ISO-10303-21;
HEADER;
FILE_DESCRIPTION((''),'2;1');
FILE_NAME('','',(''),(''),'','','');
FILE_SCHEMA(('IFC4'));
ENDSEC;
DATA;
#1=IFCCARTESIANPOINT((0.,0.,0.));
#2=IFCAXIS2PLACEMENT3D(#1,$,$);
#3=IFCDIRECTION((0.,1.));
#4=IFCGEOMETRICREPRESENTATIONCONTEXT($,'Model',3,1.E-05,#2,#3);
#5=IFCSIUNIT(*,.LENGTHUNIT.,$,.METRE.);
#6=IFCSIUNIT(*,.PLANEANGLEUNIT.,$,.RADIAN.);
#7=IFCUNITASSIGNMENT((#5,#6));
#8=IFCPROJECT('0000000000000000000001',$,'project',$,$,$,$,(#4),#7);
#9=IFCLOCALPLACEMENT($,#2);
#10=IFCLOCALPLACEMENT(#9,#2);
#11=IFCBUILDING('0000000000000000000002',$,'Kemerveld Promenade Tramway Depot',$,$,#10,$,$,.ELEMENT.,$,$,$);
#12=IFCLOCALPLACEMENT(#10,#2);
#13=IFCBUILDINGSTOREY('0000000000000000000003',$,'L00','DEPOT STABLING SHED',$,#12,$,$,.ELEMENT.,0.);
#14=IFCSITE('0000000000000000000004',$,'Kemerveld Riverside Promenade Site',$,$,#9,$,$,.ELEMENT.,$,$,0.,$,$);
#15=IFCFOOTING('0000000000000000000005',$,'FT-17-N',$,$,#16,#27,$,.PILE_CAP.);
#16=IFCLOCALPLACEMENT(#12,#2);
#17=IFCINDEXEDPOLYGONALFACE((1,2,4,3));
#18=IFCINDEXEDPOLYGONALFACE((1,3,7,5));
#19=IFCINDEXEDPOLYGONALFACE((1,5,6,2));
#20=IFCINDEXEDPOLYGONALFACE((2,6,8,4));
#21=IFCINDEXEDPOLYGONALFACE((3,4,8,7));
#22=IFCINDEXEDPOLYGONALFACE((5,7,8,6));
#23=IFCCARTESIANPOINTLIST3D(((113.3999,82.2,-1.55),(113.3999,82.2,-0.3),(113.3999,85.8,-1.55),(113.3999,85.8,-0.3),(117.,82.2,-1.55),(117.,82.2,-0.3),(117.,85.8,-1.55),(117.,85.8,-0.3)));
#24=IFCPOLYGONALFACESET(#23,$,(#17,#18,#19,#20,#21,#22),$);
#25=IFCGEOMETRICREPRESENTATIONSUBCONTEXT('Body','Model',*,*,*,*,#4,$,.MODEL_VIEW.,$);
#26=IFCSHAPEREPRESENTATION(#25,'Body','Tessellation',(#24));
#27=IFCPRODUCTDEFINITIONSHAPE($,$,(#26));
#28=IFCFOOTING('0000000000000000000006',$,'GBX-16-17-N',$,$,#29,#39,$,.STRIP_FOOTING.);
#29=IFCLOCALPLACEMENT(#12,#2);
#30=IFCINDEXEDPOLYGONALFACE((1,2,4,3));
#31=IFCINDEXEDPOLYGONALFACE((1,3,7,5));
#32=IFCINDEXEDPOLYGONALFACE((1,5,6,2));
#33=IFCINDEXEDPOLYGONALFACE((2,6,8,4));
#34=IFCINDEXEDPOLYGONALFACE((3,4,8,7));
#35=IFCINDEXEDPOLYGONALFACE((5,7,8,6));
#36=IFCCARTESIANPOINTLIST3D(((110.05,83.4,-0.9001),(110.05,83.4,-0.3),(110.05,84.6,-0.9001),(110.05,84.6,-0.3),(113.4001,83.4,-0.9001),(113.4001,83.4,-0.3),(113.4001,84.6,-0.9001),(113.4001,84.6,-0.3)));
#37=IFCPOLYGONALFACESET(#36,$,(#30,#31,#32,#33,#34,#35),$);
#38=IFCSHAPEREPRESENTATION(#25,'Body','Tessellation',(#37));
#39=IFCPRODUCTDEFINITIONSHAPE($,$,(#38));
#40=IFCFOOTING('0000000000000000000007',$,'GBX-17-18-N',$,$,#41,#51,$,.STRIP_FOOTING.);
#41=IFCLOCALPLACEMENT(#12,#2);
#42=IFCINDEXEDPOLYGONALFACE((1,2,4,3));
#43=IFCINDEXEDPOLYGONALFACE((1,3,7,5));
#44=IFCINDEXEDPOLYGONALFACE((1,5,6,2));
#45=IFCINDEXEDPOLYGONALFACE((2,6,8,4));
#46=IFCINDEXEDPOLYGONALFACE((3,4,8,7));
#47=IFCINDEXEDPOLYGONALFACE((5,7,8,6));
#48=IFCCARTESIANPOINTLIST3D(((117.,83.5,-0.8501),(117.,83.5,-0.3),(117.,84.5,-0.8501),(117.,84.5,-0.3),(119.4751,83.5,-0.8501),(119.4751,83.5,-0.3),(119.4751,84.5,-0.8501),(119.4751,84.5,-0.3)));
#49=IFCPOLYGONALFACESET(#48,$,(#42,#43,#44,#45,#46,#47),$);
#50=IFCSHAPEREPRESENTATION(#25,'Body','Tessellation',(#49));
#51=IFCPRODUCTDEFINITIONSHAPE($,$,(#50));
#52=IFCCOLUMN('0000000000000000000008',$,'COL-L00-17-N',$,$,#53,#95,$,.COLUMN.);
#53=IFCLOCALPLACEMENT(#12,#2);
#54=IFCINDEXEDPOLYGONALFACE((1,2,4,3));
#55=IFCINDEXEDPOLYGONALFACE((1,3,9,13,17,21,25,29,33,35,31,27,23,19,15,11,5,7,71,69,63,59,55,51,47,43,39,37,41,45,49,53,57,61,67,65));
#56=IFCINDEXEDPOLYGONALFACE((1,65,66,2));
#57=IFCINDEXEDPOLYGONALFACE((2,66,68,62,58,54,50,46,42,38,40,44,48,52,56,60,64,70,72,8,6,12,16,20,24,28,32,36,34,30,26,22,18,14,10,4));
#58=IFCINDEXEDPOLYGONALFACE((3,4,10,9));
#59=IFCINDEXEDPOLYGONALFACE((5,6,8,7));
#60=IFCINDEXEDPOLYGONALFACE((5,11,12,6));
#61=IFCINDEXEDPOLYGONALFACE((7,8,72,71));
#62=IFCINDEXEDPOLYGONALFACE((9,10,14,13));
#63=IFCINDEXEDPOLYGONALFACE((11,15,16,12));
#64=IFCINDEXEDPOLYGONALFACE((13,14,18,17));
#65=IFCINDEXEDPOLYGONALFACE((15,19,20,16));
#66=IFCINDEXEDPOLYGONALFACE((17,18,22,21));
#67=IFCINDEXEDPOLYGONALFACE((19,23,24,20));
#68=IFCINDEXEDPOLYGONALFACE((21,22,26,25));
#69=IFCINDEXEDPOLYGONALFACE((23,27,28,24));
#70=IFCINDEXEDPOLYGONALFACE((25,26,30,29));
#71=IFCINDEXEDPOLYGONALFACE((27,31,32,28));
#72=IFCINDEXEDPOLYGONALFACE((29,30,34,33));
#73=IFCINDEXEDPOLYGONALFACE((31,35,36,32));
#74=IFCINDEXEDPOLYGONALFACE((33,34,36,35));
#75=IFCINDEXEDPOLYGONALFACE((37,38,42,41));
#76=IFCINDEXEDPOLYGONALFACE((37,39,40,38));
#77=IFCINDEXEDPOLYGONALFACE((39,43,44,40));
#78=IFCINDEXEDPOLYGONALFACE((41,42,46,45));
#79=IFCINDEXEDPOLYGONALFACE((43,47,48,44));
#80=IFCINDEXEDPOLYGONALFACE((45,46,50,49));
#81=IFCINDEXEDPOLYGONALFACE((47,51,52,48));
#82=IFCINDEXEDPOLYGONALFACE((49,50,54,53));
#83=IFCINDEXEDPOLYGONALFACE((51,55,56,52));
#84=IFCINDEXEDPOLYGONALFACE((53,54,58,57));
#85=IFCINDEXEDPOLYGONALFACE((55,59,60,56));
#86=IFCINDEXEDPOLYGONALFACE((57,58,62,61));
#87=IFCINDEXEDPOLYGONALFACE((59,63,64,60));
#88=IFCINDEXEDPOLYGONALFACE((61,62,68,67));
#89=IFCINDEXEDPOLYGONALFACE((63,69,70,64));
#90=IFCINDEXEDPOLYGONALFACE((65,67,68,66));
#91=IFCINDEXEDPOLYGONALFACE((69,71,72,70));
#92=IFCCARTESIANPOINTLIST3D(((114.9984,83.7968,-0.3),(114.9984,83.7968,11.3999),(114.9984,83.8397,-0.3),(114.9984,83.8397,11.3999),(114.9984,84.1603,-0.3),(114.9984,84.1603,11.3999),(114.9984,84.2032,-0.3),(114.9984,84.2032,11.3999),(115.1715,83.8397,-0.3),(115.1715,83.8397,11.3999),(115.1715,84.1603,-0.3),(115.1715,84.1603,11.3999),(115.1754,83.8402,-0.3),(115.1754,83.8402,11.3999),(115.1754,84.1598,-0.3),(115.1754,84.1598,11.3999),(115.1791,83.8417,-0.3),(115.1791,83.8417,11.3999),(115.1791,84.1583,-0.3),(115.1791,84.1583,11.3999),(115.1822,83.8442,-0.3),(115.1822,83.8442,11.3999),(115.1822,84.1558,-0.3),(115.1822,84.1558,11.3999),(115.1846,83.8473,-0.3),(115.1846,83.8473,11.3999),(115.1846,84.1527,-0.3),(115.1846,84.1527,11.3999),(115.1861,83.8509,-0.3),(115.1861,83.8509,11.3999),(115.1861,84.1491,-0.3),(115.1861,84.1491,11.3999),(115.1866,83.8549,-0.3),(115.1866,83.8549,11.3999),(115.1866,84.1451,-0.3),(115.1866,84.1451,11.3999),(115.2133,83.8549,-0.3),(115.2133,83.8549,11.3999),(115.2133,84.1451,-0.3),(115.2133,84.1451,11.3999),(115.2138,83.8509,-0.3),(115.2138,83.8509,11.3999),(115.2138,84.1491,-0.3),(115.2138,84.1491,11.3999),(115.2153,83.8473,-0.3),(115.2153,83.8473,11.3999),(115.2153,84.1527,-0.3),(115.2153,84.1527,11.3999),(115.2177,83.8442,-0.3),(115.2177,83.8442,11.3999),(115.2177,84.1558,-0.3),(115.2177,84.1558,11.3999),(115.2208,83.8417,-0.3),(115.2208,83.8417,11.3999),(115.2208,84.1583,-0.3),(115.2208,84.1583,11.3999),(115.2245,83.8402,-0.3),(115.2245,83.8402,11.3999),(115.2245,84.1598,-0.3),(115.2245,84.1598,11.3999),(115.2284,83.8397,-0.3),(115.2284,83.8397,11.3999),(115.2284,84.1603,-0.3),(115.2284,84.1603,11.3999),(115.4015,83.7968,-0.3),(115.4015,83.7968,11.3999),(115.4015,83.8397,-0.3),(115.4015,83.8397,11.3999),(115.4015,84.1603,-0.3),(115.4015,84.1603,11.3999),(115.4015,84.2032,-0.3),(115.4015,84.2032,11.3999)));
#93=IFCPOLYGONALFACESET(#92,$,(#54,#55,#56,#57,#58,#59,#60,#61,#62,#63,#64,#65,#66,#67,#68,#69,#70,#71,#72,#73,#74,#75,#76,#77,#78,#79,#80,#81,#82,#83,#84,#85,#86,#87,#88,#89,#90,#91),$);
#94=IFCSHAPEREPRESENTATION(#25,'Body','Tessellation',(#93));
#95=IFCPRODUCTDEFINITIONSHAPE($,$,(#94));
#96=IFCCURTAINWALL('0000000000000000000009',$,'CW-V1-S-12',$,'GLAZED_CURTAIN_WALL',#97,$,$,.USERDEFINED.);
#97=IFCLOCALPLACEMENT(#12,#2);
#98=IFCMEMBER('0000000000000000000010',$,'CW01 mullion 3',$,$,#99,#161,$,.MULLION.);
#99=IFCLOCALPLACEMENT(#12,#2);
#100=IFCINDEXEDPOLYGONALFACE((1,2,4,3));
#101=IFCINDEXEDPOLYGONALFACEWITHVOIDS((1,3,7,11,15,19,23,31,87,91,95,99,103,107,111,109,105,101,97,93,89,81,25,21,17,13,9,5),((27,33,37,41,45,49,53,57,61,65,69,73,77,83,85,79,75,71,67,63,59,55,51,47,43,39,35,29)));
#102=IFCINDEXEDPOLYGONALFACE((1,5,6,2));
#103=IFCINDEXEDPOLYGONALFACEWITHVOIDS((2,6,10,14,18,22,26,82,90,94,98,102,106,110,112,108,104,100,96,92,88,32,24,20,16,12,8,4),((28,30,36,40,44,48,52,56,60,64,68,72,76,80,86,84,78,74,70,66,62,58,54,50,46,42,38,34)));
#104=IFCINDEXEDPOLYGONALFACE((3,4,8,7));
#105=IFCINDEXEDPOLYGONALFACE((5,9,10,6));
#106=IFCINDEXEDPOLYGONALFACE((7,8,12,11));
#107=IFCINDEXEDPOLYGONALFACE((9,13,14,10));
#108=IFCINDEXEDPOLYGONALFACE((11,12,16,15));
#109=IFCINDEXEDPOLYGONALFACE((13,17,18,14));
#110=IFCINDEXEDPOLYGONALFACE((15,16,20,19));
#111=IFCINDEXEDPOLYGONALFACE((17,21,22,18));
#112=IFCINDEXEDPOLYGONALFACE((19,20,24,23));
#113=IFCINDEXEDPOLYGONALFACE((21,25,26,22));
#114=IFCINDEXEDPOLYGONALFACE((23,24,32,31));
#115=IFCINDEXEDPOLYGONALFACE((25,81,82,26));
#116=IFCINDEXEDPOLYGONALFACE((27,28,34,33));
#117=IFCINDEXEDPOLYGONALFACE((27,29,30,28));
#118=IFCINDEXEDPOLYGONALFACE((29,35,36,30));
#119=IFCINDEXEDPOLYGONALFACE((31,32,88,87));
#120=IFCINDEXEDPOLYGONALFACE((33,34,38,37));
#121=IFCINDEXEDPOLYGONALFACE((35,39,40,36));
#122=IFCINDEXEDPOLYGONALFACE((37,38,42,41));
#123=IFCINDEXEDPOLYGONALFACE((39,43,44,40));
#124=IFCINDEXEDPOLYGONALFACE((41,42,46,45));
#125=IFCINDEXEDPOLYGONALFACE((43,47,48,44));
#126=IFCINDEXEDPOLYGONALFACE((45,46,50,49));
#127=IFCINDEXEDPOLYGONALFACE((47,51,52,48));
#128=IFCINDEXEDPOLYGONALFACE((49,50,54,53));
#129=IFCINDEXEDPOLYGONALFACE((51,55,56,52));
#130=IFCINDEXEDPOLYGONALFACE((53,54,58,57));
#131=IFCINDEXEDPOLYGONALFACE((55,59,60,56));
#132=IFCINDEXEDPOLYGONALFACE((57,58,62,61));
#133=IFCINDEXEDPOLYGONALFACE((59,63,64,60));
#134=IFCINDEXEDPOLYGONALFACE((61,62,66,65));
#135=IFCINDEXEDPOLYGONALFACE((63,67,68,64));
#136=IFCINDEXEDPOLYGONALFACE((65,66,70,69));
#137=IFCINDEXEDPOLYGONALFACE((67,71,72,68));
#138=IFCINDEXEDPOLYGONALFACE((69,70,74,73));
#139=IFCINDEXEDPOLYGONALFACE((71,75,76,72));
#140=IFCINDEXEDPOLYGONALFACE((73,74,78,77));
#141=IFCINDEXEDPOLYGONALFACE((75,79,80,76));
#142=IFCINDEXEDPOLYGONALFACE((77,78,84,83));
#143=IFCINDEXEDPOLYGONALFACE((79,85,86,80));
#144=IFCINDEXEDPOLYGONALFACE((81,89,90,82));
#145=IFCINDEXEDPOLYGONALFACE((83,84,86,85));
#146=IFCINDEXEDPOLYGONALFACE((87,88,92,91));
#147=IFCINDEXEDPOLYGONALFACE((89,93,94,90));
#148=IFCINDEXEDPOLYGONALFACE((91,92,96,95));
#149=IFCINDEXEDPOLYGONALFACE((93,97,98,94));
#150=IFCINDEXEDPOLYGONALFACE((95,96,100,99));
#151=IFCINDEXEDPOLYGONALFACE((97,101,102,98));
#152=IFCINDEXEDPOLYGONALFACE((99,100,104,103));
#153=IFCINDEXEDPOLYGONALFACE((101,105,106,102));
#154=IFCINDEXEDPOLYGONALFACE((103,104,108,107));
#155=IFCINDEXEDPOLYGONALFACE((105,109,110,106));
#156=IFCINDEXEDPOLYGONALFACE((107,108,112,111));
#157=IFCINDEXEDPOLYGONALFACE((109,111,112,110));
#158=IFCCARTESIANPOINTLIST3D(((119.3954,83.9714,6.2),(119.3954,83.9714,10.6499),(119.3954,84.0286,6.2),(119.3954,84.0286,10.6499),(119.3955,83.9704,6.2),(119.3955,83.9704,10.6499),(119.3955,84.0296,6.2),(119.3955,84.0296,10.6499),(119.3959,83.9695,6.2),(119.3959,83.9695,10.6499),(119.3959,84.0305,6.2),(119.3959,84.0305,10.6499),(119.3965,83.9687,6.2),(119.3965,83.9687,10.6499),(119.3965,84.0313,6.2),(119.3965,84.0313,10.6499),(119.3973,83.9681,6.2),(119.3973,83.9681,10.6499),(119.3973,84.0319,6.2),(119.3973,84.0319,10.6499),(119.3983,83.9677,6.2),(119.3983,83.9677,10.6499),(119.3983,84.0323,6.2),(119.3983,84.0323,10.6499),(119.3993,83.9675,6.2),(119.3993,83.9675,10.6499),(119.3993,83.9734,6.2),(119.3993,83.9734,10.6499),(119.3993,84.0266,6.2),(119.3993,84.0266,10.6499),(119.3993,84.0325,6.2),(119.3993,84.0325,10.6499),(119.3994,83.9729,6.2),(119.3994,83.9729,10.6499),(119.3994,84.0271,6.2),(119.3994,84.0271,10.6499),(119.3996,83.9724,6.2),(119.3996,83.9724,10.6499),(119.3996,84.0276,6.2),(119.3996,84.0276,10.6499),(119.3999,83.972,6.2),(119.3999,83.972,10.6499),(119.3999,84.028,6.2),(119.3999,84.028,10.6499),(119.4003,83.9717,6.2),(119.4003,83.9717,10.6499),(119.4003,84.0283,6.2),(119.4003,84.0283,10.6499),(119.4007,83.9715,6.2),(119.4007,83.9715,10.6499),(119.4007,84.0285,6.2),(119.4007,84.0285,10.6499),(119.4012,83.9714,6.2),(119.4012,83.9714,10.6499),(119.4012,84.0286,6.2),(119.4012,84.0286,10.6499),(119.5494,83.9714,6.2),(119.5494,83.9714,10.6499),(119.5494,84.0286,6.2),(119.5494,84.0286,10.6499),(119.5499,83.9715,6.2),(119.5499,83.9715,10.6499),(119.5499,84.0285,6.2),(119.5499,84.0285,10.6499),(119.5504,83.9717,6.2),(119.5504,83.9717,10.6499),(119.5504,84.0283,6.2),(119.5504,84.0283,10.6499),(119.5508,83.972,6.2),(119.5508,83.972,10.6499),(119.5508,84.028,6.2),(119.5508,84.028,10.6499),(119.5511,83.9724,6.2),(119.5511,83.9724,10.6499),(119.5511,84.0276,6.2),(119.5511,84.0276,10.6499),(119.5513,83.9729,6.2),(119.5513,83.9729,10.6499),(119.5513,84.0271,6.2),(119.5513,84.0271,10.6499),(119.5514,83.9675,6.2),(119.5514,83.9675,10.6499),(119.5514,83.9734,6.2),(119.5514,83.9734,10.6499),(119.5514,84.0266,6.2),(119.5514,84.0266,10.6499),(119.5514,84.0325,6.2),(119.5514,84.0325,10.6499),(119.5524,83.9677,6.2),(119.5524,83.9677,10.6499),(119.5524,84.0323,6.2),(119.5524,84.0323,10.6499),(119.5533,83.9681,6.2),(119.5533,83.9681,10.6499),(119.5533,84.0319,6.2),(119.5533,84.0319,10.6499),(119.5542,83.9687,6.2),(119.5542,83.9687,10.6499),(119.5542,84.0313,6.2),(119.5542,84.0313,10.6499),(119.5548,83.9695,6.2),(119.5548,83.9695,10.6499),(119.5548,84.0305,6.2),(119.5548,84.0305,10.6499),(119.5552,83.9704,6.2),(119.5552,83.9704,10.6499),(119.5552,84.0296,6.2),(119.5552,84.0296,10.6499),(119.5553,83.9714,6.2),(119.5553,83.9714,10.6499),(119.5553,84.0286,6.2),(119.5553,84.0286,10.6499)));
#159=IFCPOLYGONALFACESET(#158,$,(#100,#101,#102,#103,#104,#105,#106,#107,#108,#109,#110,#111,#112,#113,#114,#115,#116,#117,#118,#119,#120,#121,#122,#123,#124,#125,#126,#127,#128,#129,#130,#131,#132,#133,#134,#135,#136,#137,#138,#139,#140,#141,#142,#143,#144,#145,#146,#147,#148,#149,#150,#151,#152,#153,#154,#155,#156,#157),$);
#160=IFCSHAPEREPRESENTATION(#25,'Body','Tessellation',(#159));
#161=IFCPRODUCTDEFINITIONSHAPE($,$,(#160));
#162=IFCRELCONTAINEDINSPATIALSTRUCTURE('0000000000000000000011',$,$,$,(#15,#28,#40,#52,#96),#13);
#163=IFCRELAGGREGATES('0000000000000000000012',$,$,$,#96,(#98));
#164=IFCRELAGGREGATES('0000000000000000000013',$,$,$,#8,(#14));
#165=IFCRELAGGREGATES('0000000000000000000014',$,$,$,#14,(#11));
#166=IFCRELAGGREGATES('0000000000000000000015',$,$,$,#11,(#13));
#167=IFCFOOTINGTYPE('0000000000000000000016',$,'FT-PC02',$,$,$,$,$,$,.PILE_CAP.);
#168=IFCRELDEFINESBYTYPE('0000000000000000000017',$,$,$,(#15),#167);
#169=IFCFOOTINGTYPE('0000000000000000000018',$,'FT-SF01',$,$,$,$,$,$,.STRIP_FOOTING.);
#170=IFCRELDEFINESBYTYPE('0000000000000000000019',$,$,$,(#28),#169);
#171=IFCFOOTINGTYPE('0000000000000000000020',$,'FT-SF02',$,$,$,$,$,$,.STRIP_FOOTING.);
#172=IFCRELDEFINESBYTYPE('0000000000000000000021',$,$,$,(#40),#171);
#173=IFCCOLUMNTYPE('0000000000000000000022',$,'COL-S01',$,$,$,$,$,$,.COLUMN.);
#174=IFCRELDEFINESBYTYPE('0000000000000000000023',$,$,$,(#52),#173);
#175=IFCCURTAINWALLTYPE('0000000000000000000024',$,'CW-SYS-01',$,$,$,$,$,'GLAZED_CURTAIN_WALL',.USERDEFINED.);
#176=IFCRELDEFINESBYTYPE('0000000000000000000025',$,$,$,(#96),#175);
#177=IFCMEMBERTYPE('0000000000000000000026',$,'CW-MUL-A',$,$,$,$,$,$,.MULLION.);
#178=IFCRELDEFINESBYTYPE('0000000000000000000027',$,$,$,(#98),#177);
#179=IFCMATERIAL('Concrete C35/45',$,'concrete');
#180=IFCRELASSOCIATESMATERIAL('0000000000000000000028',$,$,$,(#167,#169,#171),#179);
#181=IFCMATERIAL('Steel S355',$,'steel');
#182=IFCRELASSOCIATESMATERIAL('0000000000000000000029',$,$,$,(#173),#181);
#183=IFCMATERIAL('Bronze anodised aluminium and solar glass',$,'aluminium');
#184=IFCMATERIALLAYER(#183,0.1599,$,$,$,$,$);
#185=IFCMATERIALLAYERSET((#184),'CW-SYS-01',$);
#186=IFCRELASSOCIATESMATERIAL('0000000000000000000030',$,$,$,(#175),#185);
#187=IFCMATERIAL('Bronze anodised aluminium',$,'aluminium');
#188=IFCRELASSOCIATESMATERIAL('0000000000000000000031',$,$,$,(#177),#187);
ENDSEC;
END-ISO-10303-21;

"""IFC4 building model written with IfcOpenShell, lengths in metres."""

from ifc_helpers import new_model, si_unit, direction, frame, origin, origin_2d, place, context, subcontext, project, spatial, rectangle, hollow_rectangle, i_section, extrude, material, layer, layer_set, material_profile, profile_set, type_object, element, aggregate, save


model = new_model("IFC4")

# Units and contexts
model_context = context("Model", 3, precision=1e-05, world=origin(), true_north=direction((0.0, 1.0)))
body_context = subcontext(model_context, "Body", "Model", "MODEL_VIEW")
ifc_project = project(units=[si_unit("LENGTHUNIT", "METRE"), si_unit("PLANEANGLEUNIT", "RADIAN")], contexts=[model_context])

# Site, building, storey
site_placement = place(None, origin())
site = spatial("IfcSite", under=ifc_project, at=site_placement, Name="Kemerveld Riverside Promenade Site", CompositionType="ELEMENT", RefElevation=0.0)
building_placement = place(site_placement, origin())
building = spatial("IfcBuilding", under=site, at=building_placement, Name="Kemerveld Promenade Tramway Depot", CompositionType="ELEMENT")
storey_placement = place(building_placement, origin())
storey = spatial("IfcBuildingStorey", under=building, at=storey_placement, Name="L00", Description="DEPOT STABLING SHED", CompositionType="ELEMENT", Elevation=0.0)

# Footings
ifc_material_1 = material(Name="Concrete C35/45", Category="concrete")
footing_type_1 = type_object("IfcFootingType", Name="FT-PC02", PredefinedType="PILE_CAP", material=ifc_material_1)
footing_1_placement = place(storey_placement, frame((115.2, 84.0, -1.55), z_axis=(0.0, 0.0, 1.0), x_axis=(1.0, 0.0, 0.0)))
element("IfcFooting", 1, at=footing_1_placement, inside=storey, type_object=footing_type_1, Name="FT-17-N", PredefinedType="PILE_CAP", context=body_context, shape_type="SweptSolid", body=[
    extrude(rectangle(XDim=3.6001, YDim=3.6001, at=origin_2d()), origin(), (0.0, 0.0, 1.0), 1.25),
])
footing_type_2 = type_object("IfcFootingType", Name="FT-SF01", PredefinedType="STRIP_FOOTING", material=ifc_material_1)
footing_2_placement = place(storey_placement, frame((111.7251, 84.0, -0.9001), z_axis=(0.0, 0.0, 1.0), x_axis=(1.0, 0.0, 0.0)))
element("IfcFooting", 2, at=footing_2_placement, inside=storey, type_object=footing_type_2, Name="GBX-16-17-N", PredefinedType="STRIP_FOOTING", context=body_context, shape_type="SweptSolid", body=[
    extrude(rectangle(XDim=3.3501, YDim=1.2, at=origin_2d()), origin(), (0.0, 0.0, 1.0), 0.6001),
])
footing_type_3 = type_object("IfcFootingType", Name="FT-SF02", PredefinedType="STRIP_FOOTING", material=ifc_material_1)
footing_3_placement = place(storey_placement, frame((118.2375, 84.0, -0.8501), z_axis=(0.0, 0.0, 1.0), x_axis=(1.0, 0.0, 0.0)))
element("IfcFooting", 3, at=footing_3_placement, inside=storey, type_object=footing_type_3, Name="GBX-17-18-N", PredefinedType="STRIP_FOOTING", context=body_context, shape_type="SweptSolid", body=[
    extrude(rectangle(XDim=2.4751, YDim=1.0, at=origin_2d()), origin(), (0.0, 0.0, 1.0), 0.55),
])

# Column
ifc_material_2 = material(Name="Steel S355", Category="steel")
ifc_material_profile_1 = material_profile(ifc_material_2, i_section(OverallWidth=0.4031, OverallDepth=0.4065, WebThickness=0.0266, FlangeThickness=0.043, FilletRadius=0.0151, at=origin_2d()), Name="356x406x340 UC")
ifc_profile_set_1 = profile_set([ifc_material_profile_1], Name="Steel S355")
column_type = type_object("IfcColumnType", Name="COL-S01", PredefinedType="COLUMN", material=ifc_profile_set_1)
column_placement = place(storey_placement, frame((115.2, 84.0, -0.3), z_axis=(0.0, 0.0, 1.0), x_axis=(1.0, 0.0, 0.0)))
element("IfcColumn", 4, at=column_placement, inside=storey, type_object=column_type, Name="COL-L00-17-N", PredefinedType="COLUMN", context=body_context, shape_type="SweptSolid", body=[
    extrude(i_section(OverallWidth=0.4031, OverallDepth=0.4065, WebThickness=0.0266, FlangeThickness=0.043, FilletRadius=0.0151, at=origin_2d()), origin(), (0.0, 0.0, 1.0), 11.7),
])

# Curtain wall, member
ifc_material_3 = material(Name="Bronze anodised aluminium and solar glass", Category="aluminium")
ifc_layer_1 = layer(ifc_material_3, 0.1599)
ifc_layer_set_1 = layer_set([ifc_layer_1], Name="CW-SYS-01")
curtain_wall_type_1 = type_object("IfcCurtainWallType", Name="CW-SYS-01", ElementType="GLAZED_CURTAIN_WALL", PredefinedType="USERDEFINED", material=ifc_layer_set_1)
curtain_wall_1_placement = place(storey_placement, origin())
curtain_wall_1 = element("IfcCurtainWall", 5, at=curtain_wall_1_placement, inside=storey, type_object=curtain_wall_type_1, Name="CW-V1-S-12", ObjectType="GLAZED_CURTAIN_WALL", PredefinedType="USERDEFINED")
ifc_material_4 = material(Name="Bronze anodised aluminium", Category="aluminium")
ifc_material_profile_2 = material_profile(ifc_material_4, hollow_rectangle(XDim=0.0649, YDim=0.1599, WallThickness=0.0039, InnerFilletRadius=0.002, OuterFilletRadius=0.0039, at=origin_2d()), Name="CW-MUL-160x65")
ifc_profile_set_2 = profile_set([ifc_material_profile_2], Name="Bronze anodised aluminium")
member_type_1 = type_object("IfcMemberType", Name="CW-MUL-A", PredefinedType="MULLION", material=ifc_profile_set_2)
member_1_placement = place(storey_placement, frame((119.4753, 84.0, 6.2), z_axis=(0.0, 0.0, 1.0), x_axis=(0.0, -1.0, 0.0)))
member_1 = element("IfcMember", 6, at=member_1_placement, type_object=member_type_1, Name="CW01 mullion 3", PredefinedType="MULLION", context=body_context, shape_type="SweptSolid", body=[
    extrude(hollow_rectangle(XDim=0.0649, YDim=0.1599, WallThickness=0.0039, InnerFilletRadius=0.002, OuterFilletRadius=0.0039, at=origin_2d()), origin(), (0.0, 0.0, 1.0), 4.45),
])

aggregate(curtain_wall_1, [member_1])

save(model, "model.ifc")
